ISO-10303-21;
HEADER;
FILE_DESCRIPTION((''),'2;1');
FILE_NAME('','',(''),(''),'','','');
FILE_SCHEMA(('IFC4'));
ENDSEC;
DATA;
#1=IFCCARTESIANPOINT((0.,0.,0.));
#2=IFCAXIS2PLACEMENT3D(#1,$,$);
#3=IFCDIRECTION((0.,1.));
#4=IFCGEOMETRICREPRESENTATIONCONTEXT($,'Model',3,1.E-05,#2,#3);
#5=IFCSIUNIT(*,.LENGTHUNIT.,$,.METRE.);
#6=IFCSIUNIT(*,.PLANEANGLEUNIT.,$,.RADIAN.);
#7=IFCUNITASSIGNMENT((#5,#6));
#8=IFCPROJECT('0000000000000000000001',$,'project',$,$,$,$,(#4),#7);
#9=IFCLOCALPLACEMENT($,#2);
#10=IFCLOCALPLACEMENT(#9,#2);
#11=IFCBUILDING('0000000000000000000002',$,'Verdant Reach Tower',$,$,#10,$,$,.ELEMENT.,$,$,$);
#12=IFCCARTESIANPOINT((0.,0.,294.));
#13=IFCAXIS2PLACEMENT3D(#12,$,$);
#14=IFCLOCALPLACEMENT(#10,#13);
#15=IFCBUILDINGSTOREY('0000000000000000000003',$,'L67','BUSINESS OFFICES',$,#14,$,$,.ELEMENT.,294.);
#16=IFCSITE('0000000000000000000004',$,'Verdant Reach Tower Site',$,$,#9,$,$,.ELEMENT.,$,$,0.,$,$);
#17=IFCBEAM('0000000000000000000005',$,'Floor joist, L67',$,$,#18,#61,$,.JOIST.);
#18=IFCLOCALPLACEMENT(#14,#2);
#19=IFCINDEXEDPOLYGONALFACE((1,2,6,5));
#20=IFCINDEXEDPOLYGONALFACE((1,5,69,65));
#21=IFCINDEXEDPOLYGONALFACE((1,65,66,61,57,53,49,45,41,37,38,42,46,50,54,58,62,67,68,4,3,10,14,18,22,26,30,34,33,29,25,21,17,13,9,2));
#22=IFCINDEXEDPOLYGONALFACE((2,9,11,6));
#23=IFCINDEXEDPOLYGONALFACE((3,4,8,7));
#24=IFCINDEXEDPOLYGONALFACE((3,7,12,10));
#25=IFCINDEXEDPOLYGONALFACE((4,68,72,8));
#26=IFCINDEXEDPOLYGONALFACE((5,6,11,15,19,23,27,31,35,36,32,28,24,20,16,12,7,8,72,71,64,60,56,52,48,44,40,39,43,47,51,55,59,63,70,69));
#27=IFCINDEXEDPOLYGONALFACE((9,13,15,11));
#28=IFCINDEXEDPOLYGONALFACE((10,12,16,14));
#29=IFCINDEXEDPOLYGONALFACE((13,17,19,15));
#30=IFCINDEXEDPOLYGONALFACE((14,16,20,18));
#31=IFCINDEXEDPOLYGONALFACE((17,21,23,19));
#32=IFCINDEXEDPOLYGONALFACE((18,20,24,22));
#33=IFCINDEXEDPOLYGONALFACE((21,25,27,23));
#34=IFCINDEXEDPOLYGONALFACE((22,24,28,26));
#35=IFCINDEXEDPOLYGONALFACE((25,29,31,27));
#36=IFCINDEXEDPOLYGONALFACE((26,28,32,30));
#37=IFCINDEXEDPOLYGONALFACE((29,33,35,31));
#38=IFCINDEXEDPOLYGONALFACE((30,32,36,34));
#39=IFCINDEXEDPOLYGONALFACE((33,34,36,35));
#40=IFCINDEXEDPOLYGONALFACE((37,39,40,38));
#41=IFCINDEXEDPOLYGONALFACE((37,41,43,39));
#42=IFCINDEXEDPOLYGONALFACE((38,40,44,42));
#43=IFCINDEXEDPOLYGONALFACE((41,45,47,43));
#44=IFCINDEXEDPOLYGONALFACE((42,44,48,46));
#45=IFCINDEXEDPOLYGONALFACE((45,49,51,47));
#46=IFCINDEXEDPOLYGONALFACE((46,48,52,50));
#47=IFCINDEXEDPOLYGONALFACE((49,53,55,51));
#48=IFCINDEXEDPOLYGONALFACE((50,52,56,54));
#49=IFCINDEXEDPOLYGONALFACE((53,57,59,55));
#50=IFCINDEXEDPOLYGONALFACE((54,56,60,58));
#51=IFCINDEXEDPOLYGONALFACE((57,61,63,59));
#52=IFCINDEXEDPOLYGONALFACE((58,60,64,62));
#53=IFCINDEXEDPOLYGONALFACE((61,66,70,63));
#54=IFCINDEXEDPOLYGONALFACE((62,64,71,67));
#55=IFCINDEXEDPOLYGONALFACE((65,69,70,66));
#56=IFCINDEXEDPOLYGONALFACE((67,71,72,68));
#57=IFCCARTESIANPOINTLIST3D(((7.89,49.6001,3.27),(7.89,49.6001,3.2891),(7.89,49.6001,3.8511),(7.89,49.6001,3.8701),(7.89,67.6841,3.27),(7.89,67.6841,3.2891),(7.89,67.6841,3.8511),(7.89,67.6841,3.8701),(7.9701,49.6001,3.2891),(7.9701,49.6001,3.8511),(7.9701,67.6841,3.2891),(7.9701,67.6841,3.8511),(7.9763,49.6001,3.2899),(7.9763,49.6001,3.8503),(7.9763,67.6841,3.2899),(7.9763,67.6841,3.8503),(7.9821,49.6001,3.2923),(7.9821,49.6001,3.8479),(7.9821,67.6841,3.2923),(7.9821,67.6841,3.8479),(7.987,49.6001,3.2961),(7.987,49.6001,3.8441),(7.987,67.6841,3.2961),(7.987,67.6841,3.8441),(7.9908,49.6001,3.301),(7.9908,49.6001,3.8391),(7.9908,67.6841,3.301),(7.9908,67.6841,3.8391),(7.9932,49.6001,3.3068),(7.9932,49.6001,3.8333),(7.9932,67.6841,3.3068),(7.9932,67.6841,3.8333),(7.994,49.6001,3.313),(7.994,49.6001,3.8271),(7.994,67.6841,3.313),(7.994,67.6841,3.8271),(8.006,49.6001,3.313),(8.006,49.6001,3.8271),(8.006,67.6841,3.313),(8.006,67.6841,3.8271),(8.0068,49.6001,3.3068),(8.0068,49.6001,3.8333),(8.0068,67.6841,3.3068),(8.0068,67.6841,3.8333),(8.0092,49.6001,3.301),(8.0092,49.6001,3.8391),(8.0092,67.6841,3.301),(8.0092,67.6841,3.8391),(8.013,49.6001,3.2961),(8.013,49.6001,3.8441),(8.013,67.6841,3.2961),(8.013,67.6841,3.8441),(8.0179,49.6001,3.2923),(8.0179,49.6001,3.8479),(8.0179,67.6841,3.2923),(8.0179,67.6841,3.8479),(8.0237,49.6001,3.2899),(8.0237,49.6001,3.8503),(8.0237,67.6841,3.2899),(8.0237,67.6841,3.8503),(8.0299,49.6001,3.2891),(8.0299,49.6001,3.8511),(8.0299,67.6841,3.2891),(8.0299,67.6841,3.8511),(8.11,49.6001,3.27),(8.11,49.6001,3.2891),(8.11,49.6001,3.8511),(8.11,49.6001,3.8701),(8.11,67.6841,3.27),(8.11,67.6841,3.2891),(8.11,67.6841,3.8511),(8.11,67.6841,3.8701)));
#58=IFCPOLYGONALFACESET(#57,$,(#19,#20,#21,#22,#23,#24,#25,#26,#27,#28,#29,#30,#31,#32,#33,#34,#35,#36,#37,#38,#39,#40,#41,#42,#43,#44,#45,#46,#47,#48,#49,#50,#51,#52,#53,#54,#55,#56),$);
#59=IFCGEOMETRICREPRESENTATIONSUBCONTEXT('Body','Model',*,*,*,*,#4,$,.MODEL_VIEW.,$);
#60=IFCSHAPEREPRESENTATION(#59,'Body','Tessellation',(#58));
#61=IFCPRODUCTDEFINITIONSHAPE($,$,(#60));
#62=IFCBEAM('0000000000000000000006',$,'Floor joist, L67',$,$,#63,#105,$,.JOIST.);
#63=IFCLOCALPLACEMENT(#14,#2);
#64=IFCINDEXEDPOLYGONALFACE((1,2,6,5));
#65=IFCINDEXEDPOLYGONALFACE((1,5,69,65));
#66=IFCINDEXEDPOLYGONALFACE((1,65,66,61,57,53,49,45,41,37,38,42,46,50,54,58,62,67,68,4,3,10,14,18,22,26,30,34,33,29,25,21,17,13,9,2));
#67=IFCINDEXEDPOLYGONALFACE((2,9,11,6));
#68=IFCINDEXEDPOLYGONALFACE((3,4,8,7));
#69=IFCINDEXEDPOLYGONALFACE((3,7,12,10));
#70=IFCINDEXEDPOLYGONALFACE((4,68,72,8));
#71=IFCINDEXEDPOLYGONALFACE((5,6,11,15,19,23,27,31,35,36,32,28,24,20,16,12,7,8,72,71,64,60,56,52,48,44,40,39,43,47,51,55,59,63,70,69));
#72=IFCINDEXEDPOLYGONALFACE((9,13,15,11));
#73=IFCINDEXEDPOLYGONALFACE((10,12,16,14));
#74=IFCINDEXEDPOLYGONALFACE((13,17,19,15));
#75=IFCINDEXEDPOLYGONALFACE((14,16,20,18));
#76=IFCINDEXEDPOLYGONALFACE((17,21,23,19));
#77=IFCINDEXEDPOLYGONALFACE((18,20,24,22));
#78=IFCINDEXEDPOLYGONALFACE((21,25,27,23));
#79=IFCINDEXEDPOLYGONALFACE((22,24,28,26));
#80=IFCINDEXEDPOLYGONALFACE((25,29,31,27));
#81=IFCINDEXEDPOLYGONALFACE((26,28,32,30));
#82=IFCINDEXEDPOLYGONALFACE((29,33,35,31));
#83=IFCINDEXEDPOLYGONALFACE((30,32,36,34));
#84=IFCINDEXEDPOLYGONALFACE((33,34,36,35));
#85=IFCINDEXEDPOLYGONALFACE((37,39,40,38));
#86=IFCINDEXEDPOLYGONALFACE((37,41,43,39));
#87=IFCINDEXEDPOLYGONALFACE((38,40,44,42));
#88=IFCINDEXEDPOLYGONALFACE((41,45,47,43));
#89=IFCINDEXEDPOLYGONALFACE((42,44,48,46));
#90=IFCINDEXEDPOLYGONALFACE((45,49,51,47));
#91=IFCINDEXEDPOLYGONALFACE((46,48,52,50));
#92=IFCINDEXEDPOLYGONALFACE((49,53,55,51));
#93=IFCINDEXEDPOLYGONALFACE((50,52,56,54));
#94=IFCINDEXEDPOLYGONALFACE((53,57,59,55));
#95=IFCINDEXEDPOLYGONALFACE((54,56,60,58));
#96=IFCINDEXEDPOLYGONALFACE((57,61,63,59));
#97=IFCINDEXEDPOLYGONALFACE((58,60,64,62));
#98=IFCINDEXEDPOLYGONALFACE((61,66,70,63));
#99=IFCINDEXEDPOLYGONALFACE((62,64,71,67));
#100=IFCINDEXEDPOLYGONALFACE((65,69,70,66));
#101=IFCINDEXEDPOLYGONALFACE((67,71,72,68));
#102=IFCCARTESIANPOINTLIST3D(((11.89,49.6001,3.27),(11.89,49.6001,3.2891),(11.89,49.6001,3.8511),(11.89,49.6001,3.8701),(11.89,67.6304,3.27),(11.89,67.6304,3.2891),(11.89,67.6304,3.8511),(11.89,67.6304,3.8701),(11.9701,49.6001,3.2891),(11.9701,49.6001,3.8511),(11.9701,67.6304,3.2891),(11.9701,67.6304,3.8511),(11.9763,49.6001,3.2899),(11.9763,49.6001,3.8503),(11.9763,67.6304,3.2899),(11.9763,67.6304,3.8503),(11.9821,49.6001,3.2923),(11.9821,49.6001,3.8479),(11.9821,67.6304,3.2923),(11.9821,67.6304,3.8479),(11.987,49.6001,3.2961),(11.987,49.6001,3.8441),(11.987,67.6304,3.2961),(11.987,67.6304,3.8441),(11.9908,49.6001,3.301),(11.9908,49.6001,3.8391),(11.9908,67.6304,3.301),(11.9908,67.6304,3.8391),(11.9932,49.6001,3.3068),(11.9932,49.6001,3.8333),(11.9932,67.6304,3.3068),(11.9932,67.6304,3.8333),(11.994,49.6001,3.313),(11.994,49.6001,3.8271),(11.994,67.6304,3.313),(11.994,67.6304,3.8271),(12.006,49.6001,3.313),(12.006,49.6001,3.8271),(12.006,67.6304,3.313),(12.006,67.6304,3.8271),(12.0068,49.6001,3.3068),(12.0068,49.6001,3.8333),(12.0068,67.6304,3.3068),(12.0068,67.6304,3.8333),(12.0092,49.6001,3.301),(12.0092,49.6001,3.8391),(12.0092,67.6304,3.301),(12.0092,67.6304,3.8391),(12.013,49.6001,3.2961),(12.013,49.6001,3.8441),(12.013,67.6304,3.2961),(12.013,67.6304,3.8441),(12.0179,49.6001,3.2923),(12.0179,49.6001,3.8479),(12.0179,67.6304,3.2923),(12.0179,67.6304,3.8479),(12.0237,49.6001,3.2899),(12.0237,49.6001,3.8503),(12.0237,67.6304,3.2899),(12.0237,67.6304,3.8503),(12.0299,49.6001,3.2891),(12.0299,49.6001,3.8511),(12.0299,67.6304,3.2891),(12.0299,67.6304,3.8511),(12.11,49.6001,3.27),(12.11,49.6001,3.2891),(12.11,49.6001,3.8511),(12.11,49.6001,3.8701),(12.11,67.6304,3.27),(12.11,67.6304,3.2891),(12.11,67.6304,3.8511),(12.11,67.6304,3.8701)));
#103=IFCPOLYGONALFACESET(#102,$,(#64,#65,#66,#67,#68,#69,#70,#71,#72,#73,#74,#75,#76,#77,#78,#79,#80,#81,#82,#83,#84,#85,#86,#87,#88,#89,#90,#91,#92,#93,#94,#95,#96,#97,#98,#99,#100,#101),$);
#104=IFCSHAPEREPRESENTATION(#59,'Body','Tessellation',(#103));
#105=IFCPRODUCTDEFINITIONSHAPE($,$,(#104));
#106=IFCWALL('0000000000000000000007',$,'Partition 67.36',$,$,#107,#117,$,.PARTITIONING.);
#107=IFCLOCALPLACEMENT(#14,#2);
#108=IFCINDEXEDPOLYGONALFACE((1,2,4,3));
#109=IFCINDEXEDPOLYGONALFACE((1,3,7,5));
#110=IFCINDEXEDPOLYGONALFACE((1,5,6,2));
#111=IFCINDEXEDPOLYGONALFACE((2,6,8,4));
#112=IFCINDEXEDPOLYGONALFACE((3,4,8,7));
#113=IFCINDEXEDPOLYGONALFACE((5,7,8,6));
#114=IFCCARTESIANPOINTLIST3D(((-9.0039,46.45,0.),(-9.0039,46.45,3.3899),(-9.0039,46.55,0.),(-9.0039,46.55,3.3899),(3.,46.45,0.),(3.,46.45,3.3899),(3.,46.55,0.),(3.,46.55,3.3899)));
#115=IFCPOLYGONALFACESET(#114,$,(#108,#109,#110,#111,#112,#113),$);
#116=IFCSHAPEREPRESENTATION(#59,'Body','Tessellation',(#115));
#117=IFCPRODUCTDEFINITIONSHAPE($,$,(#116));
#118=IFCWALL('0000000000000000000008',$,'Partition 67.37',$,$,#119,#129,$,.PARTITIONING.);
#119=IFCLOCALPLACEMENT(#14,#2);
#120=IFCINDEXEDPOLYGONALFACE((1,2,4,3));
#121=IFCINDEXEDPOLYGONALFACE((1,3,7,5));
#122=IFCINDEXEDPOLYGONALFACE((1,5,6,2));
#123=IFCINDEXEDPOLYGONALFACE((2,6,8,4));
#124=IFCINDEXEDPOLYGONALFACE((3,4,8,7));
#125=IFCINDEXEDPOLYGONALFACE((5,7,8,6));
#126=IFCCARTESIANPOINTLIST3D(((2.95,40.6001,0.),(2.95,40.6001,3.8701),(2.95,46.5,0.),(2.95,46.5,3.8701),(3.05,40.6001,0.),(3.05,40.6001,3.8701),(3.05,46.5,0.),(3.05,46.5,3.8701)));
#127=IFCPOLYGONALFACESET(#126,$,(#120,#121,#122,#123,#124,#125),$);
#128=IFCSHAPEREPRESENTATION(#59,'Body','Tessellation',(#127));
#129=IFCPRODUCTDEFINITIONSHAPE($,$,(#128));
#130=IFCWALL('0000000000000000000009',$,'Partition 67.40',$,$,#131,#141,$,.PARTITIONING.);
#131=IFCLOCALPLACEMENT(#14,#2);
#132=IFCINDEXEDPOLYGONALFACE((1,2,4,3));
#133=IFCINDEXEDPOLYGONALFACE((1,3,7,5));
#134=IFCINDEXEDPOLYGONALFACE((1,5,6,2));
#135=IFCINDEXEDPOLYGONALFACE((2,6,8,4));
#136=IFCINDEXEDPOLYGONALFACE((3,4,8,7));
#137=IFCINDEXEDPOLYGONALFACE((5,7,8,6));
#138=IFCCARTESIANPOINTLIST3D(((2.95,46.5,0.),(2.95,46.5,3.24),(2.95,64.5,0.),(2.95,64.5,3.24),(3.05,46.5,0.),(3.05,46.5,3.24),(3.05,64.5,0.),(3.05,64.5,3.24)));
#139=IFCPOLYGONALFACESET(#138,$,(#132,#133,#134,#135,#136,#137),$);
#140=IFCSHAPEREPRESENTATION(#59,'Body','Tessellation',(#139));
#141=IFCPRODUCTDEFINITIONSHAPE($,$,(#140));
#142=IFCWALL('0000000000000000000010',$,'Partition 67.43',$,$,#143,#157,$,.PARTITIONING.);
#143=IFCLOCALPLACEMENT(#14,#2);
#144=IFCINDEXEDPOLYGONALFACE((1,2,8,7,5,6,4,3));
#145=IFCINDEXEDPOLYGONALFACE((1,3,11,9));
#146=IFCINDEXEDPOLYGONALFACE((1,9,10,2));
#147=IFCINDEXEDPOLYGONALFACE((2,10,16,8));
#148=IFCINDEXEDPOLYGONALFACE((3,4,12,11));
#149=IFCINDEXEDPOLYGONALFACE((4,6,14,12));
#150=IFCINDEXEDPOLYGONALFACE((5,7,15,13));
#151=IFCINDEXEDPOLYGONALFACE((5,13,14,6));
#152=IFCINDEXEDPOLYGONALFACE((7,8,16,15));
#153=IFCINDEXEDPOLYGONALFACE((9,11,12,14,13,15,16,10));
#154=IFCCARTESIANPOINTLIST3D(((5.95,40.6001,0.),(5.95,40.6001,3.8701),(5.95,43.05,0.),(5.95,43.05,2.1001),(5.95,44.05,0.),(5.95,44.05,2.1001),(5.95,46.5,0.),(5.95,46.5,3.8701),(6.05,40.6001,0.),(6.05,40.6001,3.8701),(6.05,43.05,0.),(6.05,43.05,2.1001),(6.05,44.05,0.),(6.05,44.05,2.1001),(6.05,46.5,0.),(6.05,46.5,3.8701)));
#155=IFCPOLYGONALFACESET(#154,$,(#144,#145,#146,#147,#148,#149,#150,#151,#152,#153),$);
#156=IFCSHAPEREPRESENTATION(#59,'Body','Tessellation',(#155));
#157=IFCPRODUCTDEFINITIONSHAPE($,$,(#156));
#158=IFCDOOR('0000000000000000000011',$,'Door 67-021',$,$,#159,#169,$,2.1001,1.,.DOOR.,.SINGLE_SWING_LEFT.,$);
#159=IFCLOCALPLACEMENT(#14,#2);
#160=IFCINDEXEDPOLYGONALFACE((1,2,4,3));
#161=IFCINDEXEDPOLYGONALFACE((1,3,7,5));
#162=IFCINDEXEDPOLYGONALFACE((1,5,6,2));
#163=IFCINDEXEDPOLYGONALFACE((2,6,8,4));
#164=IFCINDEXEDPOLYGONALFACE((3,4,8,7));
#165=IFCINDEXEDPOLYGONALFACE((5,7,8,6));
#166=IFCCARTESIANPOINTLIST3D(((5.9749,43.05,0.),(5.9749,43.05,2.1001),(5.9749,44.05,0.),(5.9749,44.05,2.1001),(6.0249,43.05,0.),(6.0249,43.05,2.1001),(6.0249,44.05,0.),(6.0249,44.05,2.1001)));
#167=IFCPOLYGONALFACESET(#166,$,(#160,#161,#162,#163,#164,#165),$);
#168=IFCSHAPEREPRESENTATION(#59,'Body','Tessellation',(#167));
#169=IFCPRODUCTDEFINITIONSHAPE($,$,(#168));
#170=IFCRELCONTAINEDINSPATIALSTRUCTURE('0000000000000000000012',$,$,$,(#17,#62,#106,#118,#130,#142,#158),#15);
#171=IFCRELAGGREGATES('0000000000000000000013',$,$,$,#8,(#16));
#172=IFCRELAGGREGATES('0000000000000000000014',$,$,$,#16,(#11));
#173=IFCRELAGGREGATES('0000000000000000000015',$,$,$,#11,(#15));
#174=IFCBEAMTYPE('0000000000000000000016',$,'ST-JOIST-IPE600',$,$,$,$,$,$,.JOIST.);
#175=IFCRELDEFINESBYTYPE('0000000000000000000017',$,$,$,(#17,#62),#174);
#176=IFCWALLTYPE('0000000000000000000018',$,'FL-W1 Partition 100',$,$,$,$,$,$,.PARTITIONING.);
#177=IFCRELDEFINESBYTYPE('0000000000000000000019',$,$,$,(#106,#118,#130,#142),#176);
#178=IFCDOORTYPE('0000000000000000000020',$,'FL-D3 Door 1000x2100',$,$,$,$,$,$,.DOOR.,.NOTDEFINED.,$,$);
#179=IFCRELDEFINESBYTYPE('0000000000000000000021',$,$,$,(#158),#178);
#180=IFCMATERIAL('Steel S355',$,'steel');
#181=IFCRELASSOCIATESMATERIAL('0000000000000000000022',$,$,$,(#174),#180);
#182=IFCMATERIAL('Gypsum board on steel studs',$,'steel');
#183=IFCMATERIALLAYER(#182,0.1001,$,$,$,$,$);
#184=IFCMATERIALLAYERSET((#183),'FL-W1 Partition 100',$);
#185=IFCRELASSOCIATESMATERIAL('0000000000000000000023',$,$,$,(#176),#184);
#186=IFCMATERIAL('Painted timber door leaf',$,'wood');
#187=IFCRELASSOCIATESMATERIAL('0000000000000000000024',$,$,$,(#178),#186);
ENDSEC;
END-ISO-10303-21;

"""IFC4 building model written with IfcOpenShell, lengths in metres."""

from ifc_helpers import new_model, si_unit, direction, frame, frame_2d, origin, origin_2d, place, context, subcontext, project, spatial, rectangle, i_section, extrude, material, layer, layer_set, material_profile, profile_set, type_object, element, fill, save


model = new_model("IFC4")

# Units and contexts
model_context = context("Model", 3, precision=1e-05, world=origin(), true_north=direction((0.0, 1.0)))
body_context = subcontext(model_context, "Body", "Model", "MODEL_VIEW")
ifc_project = project(units=[si_unit("LENGTHUNIT", "METRE"), si_unit("PLANEANGLEUNIT", "RADIAN")], contexts=[model_context])

# Site, building, storey
site_placement = place(None, origin())
site = spatial("IfcSite", under=ifc_project, at=site_placement, Name="Verdant Reach Tower Site", CompositionType="ELEMENT", RefElevation=0.0)
building_placement = place(site_placement, origin())
building = spatial("IfcBuilding", under=site, at=building_placement, Name="Verdant Reach Tower", CompositionType="ELEMENT")
storey_placement = place(building_placement, frame((0.0, 0.0, 294.0)))
storey = spatial("IfcBuildingStorey", under=building, at=storey_placement, Name="L67", Description="BUSINESS OFFICES", CompositionType="ELEMENT", Elevation=294.0)

# Beams
ifc_material_1 = material(Name="Steel S355", Category="steel")
ifc_material_profile_1 = material_profile(ifc_material_1, i_section(OverallWidth=0.22, OverallDepth=0.6001, WebThickness=0.012, FlangeThickness=0.019, FilletRadius=0.0239, at=origin_2d()), Name="IPE 600")
ifc_profile_set_1 = profile_set([ifc_material_profile_1], Name="Steel S355")
beam_type_1 = type_object("IfcBeamType", Name="ST-JOIST-IPE600", PredefinedType="JOIST", material=ifc_profile_set_1)
beam_1_placement = place(storey_placement, frame((8.0, 49.6001, 3.5701), z_axis=(0.0, 1.0, 0.0), x_axis=(-1.0, 0.0, 0.0)))
element("IfcBeam", 1, at=beam_1_placement, inside=storey, type_object=beam_type_1, Name="Floor joist, L67", PredefinedType="JOIST", context=body_context, shape_type="SweptSolid", body=[
    extrude(i_section(OverallWidth=0.22, OverallDepth=0.6001, WebThickness=0.012, FlangeThickness=0.019, FilletRadius=0.0239, at=origin_2d()), origin(), (0.0, 0.0, 1.0), 18.084),
])
beam_2_placement = place(storey_placement, frame((12.0, 49.6001, 3.5701), z_axis=(0.0, 1.0, 0.0), x_axis=(-1.0, 0.0, 0.0)))
element("IfcBeam", 2, at=beam_2_placement, inside=storey, type_object=beam_type_1, Name="Floor joist, L67", PredefinedType="JOIST", context=body_context, shape_type="SweptSolid", body=[
    extrude(i_section(OverallWidth=0.22, OverallDepth=0.6001, WebThickness=0.012, FlangeThickness=0.019, FilletRadius=0.0239, at=origin_2d()), origin(), (0.0, 0.0, 1.0), 18.0303),
])

# Walls
ifc_material_2 = material(Name="Gypsum board on steel studs", Category="steel")
ifc_layer_1 = layer(ifc_material_2, 0.1001)
ifc_layer_set_1 = layer_set([ifc_layer_1], Name="FL-W1 Partition 100")
wall_type_1 = type_object("IfcWallType", Name="FL-W1 Partition 100", PredefinedType="PARTITIONING", material=ifc_layer_set_1)
wall_1_placement = place(storey_placement, frame((3.0, 46.5, 0.0), z_axis=(0.0, 0.0, 1.0), x_axis=(-1.0, 0.0, 0.0)))
element("IfcWall", 3, at=wall_1_placement, inside=storey, type_object=wall_type_1, Name="Partition 67.36", PredefinedType="PARTITIONING", context=body_context, shape_type="SweptSolid", body=[
    extrude(rectangle(XDim=12.0039, YDim=0.1001, at=frame_2d((6.002, 0.0))), origin(), (0.0, 0.0, 1.0), 3.3899),
])
wall_2_placement = place(storey_placement, frame((3.0, 40.6001, 0.0), z_axis=(0.0, 0.0, 1.0), x_axis=(0.0, 1.0, 0.0)))
element("IfcWall", 4, at=wall_2_placement, inside=storey, type_object=wall_type_1, Name="Partition 67.37", PredefinedType="PARTITIONING", context=body_context, shape_type="SweptSolid", body=[
    extrude(rectangle(XDim=5.8999, YDim=0.1001, at=frame_2d((2.95, 0.0))), origin(), (0.0, 0.0, 1.0), 3.8701),
])
wall_3_placement = place(storey_placement, frame((3.0, 46.5, 0.0), z_axis=(0.0, 0.0, 1.0), x_axis=(0.0, 1.0, 0.0)))
element("IfcWall", 5, at=wall_3_placement, inside=storey, type_object=wall_type_1, Name="Partition 67.40", PredefinedType="PARTITIONING", context=body_context, shape_type="SweptSolid", body=[
    extrude(rectangle(XDim=18.0, YDim=0.1001, at=frame_2d((9.0, 0.0))), origin(), (0.0, 0.0, 1.0), 3.24),
])

# Wall, opening, door
wall_4_placement = place(storey_placement, frame((6.0, 46.5, 0.0), z_axis=(0.0, 0.0, 1.0), x_axis=(0.0, -1.0, 0.0)))
wall_4 = element("IfcWall", 6, at=wall_4_placement, inside=storey, type_object=wall_type_1, Name="Partition 67.43", PredefinedType="PARTITIONING", context=body_context, shape_type="SweptSolid", body=[
    extrude(rectangle(XDim=5.8999, YDim=0.1001, at=frame_2d((2.95, 0.0))), origin(), (0.0, 0.0, 1.0), 3.8701),
])
opening_1_placement = place(wall_4_placement, frame((2.45, 0.0, 0.0)))
opening_1 = element("IfcOpeningElement", 7, at=opening_1_placement, cuts=wall_4, PredefinedType="OPENING", context=body_context, shape_type="SweptSolid", body=[
    extrude(rectangle(XDim=1.0, YDim=2.1001, at=frame_2d((0.5, 1.05))), frame((0.0, 0.0601, 0.0), z_axis=(0.0, -1.0, 0.0), x_axis=(1.0, 0.0, 0.0)), (0.0, 0.0, 1.0), 0.1201),
])
ifc_material_3 = material(Name="Painted timber door leaf", Category="wood")
door_type_1 = type_object("IfcDoorType", Name="FL-D3 Door 1000x2100", OperationType="NOTDEFINED", PredefinedType="DOOR", material=ifc_material_3)
door_1_placement = place(opening_1_placement, origin())
door_1 = element("IfcDoor", 8, at=door_1_placement, inside=storey, type_object=door_type_1, Name="Door 67-021", OperationType="SINGLE_SWING_LEFT", OverallHeight=2.1001, OverallWidth=1.0, PredefinedType="DOOR", context=body_context, shape_type="SweptSolid", body=[
    extrude(rectangle(XDim=1.0, YDim=2.1001, at=frame_2d((0.5, 1.05))), frame((0.0, 0.0249, 0.0), z_axis=(0.0, -1.0, 0.0), x_axis=(1.0, 0.0, 0.0)), (0.0, 0.0, 1.0), 0.05),
])
fill(opening_1, door_1)

save(model, "model.ifc")
